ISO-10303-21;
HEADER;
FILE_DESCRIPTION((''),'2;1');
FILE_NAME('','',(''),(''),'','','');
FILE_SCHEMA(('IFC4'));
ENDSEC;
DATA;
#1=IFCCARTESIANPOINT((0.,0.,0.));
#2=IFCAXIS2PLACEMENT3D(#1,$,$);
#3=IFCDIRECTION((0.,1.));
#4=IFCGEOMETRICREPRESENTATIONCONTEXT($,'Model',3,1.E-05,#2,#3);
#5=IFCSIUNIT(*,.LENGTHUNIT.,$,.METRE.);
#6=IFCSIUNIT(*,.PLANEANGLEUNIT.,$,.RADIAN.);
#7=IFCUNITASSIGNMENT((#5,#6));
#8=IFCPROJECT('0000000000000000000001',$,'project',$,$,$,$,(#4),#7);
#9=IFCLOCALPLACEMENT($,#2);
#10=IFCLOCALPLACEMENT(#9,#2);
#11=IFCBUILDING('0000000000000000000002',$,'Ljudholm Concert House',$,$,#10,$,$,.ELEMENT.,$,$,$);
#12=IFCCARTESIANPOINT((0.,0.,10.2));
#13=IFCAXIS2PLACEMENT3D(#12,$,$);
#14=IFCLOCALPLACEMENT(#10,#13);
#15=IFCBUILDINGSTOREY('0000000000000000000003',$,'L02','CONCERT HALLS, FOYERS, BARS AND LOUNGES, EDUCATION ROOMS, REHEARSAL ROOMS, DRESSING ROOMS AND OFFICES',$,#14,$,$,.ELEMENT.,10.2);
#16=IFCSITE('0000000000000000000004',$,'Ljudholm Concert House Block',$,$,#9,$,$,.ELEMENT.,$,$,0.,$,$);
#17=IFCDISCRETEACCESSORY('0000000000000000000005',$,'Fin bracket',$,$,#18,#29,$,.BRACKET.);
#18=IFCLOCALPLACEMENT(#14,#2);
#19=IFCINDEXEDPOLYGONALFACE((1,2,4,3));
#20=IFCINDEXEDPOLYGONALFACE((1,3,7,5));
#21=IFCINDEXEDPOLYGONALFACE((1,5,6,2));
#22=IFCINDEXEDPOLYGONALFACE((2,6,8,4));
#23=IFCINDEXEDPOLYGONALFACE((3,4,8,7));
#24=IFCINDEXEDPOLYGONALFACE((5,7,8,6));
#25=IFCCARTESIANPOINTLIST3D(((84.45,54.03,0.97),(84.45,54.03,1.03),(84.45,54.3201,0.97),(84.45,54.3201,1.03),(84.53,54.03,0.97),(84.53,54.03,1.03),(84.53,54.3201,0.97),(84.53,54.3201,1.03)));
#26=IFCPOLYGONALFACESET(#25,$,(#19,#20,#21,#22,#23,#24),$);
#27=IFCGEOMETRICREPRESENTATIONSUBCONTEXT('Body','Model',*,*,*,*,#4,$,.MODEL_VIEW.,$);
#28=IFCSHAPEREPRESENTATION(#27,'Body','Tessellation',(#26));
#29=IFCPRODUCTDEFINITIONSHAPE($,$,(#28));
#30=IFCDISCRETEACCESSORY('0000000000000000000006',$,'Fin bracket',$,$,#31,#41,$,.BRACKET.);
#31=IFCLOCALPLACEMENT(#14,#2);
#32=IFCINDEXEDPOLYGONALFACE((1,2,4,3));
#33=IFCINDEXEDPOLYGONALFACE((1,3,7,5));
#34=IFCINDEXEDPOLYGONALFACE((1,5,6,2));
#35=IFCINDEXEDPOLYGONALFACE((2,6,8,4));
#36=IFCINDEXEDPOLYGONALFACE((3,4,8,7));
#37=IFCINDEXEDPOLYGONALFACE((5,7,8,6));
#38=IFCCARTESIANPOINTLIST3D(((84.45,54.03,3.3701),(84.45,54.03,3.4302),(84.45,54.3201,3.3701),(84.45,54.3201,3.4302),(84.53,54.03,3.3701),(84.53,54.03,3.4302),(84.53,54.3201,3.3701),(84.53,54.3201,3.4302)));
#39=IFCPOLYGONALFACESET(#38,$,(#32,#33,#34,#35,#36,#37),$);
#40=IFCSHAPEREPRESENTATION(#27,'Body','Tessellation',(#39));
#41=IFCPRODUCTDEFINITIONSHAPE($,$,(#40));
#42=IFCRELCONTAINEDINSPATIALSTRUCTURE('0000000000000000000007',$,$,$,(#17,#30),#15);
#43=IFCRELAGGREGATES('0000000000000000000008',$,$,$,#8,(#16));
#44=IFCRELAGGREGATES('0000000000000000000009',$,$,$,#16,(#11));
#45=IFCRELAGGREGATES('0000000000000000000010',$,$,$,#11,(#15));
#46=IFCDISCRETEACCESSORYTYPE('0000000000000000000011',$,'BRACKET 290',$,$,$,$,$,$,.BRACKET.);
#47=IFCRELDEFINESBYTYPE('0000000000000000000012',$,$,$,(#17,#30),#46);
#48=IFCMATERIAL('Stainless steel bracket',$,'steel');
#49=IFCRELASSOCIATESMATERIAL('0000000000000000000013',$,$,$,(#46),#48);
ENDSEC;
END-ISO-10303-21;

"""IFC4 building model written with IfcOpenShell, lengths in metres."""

from ifc_helpers import new_model, si_unit, direction, frame, origin, origin_2d, place, context, subcontext, project, spatial, rectangle, extrude, material, type_object, element, save


model = new_model("IFC4")

# Units and contexts
model_context = context("Model", 3, precision=1e-05, world=origin(), true_north=direction((0.0, 1.0)))
body_context = subcontext(model_context, "Body", "Model", "MODEL_VIEW")
ifc_project = project(units=[si_unit("LENGTHUNIT", "METRE"), si_unit("PLANEANGLEUNIT", "RADIAN")], contexts=[model_context])

# Site, building, storey
site_placement = place(None, origin())
site = spatial("IfcSite", under=ifc_project, at=site_placement, Name="Ljudholm Concert House Block", CompositionType="ELEMENT", RefElevation=0.0)
building_placement = place(site_placement, origin())
building = spatial("IfcBuilding", under=site, at=building_placement, Name="Ljudholm Concert House", CompositionType="ELEMENT")
storey_placement = place(building_placement, frame((0.0, 0.0, 10.2)))
storey = spatial("IfcBuildingStorey", under=building, at=storey_placement, Name="L02", Description="CONCERT HALLS, FOYERS, BARS AND LOUNGES, EDUCATION ROOMS, REHEARSAL ROOMS, DRESSING ROOMS AND OFFICES", CompositionType="ELEMENT", Elevation=10.2)

# Discrete accessories
ifc_material_1 = material(Name="Stainless steel bracket", Category="steel")
discrete_accessory_type = type_object("IfcDiscreteAccessoryType", Name="BRACKET 290", PredefinedType="BRACKET", material=ifc_material_1)
for number, where, z_axis, x_axis, name in (
    (1, (84.49, 54.175, 0.97), (0.0, 0.0, 1.0), (0.0, -1.0, 0.0), "Fin bracket"),
    (2, (84.49, 54.175, 3.3701), (0.0, 0.0, 1.0), (0.0, -1.0, 0.0), "Fin bracket"),
):
    element("IfcDiscreteAccessory", number, at=place(storey_placement, frame(where, z_axis=z_axis, x_axis=x_axis)), inside=storey, type_object=discrete_accessory_type, Name=name, PredefinedType="BRACKET", context=body_context, shape_type="SweptSolid", body=[
        extrude(rectangle(XDim=0.29, YDim=0.0801, at=origin_2d()), origin(), (0.0, 0.0, 1.0), 0.0601),
    ])

save(model, "model.ifc")
